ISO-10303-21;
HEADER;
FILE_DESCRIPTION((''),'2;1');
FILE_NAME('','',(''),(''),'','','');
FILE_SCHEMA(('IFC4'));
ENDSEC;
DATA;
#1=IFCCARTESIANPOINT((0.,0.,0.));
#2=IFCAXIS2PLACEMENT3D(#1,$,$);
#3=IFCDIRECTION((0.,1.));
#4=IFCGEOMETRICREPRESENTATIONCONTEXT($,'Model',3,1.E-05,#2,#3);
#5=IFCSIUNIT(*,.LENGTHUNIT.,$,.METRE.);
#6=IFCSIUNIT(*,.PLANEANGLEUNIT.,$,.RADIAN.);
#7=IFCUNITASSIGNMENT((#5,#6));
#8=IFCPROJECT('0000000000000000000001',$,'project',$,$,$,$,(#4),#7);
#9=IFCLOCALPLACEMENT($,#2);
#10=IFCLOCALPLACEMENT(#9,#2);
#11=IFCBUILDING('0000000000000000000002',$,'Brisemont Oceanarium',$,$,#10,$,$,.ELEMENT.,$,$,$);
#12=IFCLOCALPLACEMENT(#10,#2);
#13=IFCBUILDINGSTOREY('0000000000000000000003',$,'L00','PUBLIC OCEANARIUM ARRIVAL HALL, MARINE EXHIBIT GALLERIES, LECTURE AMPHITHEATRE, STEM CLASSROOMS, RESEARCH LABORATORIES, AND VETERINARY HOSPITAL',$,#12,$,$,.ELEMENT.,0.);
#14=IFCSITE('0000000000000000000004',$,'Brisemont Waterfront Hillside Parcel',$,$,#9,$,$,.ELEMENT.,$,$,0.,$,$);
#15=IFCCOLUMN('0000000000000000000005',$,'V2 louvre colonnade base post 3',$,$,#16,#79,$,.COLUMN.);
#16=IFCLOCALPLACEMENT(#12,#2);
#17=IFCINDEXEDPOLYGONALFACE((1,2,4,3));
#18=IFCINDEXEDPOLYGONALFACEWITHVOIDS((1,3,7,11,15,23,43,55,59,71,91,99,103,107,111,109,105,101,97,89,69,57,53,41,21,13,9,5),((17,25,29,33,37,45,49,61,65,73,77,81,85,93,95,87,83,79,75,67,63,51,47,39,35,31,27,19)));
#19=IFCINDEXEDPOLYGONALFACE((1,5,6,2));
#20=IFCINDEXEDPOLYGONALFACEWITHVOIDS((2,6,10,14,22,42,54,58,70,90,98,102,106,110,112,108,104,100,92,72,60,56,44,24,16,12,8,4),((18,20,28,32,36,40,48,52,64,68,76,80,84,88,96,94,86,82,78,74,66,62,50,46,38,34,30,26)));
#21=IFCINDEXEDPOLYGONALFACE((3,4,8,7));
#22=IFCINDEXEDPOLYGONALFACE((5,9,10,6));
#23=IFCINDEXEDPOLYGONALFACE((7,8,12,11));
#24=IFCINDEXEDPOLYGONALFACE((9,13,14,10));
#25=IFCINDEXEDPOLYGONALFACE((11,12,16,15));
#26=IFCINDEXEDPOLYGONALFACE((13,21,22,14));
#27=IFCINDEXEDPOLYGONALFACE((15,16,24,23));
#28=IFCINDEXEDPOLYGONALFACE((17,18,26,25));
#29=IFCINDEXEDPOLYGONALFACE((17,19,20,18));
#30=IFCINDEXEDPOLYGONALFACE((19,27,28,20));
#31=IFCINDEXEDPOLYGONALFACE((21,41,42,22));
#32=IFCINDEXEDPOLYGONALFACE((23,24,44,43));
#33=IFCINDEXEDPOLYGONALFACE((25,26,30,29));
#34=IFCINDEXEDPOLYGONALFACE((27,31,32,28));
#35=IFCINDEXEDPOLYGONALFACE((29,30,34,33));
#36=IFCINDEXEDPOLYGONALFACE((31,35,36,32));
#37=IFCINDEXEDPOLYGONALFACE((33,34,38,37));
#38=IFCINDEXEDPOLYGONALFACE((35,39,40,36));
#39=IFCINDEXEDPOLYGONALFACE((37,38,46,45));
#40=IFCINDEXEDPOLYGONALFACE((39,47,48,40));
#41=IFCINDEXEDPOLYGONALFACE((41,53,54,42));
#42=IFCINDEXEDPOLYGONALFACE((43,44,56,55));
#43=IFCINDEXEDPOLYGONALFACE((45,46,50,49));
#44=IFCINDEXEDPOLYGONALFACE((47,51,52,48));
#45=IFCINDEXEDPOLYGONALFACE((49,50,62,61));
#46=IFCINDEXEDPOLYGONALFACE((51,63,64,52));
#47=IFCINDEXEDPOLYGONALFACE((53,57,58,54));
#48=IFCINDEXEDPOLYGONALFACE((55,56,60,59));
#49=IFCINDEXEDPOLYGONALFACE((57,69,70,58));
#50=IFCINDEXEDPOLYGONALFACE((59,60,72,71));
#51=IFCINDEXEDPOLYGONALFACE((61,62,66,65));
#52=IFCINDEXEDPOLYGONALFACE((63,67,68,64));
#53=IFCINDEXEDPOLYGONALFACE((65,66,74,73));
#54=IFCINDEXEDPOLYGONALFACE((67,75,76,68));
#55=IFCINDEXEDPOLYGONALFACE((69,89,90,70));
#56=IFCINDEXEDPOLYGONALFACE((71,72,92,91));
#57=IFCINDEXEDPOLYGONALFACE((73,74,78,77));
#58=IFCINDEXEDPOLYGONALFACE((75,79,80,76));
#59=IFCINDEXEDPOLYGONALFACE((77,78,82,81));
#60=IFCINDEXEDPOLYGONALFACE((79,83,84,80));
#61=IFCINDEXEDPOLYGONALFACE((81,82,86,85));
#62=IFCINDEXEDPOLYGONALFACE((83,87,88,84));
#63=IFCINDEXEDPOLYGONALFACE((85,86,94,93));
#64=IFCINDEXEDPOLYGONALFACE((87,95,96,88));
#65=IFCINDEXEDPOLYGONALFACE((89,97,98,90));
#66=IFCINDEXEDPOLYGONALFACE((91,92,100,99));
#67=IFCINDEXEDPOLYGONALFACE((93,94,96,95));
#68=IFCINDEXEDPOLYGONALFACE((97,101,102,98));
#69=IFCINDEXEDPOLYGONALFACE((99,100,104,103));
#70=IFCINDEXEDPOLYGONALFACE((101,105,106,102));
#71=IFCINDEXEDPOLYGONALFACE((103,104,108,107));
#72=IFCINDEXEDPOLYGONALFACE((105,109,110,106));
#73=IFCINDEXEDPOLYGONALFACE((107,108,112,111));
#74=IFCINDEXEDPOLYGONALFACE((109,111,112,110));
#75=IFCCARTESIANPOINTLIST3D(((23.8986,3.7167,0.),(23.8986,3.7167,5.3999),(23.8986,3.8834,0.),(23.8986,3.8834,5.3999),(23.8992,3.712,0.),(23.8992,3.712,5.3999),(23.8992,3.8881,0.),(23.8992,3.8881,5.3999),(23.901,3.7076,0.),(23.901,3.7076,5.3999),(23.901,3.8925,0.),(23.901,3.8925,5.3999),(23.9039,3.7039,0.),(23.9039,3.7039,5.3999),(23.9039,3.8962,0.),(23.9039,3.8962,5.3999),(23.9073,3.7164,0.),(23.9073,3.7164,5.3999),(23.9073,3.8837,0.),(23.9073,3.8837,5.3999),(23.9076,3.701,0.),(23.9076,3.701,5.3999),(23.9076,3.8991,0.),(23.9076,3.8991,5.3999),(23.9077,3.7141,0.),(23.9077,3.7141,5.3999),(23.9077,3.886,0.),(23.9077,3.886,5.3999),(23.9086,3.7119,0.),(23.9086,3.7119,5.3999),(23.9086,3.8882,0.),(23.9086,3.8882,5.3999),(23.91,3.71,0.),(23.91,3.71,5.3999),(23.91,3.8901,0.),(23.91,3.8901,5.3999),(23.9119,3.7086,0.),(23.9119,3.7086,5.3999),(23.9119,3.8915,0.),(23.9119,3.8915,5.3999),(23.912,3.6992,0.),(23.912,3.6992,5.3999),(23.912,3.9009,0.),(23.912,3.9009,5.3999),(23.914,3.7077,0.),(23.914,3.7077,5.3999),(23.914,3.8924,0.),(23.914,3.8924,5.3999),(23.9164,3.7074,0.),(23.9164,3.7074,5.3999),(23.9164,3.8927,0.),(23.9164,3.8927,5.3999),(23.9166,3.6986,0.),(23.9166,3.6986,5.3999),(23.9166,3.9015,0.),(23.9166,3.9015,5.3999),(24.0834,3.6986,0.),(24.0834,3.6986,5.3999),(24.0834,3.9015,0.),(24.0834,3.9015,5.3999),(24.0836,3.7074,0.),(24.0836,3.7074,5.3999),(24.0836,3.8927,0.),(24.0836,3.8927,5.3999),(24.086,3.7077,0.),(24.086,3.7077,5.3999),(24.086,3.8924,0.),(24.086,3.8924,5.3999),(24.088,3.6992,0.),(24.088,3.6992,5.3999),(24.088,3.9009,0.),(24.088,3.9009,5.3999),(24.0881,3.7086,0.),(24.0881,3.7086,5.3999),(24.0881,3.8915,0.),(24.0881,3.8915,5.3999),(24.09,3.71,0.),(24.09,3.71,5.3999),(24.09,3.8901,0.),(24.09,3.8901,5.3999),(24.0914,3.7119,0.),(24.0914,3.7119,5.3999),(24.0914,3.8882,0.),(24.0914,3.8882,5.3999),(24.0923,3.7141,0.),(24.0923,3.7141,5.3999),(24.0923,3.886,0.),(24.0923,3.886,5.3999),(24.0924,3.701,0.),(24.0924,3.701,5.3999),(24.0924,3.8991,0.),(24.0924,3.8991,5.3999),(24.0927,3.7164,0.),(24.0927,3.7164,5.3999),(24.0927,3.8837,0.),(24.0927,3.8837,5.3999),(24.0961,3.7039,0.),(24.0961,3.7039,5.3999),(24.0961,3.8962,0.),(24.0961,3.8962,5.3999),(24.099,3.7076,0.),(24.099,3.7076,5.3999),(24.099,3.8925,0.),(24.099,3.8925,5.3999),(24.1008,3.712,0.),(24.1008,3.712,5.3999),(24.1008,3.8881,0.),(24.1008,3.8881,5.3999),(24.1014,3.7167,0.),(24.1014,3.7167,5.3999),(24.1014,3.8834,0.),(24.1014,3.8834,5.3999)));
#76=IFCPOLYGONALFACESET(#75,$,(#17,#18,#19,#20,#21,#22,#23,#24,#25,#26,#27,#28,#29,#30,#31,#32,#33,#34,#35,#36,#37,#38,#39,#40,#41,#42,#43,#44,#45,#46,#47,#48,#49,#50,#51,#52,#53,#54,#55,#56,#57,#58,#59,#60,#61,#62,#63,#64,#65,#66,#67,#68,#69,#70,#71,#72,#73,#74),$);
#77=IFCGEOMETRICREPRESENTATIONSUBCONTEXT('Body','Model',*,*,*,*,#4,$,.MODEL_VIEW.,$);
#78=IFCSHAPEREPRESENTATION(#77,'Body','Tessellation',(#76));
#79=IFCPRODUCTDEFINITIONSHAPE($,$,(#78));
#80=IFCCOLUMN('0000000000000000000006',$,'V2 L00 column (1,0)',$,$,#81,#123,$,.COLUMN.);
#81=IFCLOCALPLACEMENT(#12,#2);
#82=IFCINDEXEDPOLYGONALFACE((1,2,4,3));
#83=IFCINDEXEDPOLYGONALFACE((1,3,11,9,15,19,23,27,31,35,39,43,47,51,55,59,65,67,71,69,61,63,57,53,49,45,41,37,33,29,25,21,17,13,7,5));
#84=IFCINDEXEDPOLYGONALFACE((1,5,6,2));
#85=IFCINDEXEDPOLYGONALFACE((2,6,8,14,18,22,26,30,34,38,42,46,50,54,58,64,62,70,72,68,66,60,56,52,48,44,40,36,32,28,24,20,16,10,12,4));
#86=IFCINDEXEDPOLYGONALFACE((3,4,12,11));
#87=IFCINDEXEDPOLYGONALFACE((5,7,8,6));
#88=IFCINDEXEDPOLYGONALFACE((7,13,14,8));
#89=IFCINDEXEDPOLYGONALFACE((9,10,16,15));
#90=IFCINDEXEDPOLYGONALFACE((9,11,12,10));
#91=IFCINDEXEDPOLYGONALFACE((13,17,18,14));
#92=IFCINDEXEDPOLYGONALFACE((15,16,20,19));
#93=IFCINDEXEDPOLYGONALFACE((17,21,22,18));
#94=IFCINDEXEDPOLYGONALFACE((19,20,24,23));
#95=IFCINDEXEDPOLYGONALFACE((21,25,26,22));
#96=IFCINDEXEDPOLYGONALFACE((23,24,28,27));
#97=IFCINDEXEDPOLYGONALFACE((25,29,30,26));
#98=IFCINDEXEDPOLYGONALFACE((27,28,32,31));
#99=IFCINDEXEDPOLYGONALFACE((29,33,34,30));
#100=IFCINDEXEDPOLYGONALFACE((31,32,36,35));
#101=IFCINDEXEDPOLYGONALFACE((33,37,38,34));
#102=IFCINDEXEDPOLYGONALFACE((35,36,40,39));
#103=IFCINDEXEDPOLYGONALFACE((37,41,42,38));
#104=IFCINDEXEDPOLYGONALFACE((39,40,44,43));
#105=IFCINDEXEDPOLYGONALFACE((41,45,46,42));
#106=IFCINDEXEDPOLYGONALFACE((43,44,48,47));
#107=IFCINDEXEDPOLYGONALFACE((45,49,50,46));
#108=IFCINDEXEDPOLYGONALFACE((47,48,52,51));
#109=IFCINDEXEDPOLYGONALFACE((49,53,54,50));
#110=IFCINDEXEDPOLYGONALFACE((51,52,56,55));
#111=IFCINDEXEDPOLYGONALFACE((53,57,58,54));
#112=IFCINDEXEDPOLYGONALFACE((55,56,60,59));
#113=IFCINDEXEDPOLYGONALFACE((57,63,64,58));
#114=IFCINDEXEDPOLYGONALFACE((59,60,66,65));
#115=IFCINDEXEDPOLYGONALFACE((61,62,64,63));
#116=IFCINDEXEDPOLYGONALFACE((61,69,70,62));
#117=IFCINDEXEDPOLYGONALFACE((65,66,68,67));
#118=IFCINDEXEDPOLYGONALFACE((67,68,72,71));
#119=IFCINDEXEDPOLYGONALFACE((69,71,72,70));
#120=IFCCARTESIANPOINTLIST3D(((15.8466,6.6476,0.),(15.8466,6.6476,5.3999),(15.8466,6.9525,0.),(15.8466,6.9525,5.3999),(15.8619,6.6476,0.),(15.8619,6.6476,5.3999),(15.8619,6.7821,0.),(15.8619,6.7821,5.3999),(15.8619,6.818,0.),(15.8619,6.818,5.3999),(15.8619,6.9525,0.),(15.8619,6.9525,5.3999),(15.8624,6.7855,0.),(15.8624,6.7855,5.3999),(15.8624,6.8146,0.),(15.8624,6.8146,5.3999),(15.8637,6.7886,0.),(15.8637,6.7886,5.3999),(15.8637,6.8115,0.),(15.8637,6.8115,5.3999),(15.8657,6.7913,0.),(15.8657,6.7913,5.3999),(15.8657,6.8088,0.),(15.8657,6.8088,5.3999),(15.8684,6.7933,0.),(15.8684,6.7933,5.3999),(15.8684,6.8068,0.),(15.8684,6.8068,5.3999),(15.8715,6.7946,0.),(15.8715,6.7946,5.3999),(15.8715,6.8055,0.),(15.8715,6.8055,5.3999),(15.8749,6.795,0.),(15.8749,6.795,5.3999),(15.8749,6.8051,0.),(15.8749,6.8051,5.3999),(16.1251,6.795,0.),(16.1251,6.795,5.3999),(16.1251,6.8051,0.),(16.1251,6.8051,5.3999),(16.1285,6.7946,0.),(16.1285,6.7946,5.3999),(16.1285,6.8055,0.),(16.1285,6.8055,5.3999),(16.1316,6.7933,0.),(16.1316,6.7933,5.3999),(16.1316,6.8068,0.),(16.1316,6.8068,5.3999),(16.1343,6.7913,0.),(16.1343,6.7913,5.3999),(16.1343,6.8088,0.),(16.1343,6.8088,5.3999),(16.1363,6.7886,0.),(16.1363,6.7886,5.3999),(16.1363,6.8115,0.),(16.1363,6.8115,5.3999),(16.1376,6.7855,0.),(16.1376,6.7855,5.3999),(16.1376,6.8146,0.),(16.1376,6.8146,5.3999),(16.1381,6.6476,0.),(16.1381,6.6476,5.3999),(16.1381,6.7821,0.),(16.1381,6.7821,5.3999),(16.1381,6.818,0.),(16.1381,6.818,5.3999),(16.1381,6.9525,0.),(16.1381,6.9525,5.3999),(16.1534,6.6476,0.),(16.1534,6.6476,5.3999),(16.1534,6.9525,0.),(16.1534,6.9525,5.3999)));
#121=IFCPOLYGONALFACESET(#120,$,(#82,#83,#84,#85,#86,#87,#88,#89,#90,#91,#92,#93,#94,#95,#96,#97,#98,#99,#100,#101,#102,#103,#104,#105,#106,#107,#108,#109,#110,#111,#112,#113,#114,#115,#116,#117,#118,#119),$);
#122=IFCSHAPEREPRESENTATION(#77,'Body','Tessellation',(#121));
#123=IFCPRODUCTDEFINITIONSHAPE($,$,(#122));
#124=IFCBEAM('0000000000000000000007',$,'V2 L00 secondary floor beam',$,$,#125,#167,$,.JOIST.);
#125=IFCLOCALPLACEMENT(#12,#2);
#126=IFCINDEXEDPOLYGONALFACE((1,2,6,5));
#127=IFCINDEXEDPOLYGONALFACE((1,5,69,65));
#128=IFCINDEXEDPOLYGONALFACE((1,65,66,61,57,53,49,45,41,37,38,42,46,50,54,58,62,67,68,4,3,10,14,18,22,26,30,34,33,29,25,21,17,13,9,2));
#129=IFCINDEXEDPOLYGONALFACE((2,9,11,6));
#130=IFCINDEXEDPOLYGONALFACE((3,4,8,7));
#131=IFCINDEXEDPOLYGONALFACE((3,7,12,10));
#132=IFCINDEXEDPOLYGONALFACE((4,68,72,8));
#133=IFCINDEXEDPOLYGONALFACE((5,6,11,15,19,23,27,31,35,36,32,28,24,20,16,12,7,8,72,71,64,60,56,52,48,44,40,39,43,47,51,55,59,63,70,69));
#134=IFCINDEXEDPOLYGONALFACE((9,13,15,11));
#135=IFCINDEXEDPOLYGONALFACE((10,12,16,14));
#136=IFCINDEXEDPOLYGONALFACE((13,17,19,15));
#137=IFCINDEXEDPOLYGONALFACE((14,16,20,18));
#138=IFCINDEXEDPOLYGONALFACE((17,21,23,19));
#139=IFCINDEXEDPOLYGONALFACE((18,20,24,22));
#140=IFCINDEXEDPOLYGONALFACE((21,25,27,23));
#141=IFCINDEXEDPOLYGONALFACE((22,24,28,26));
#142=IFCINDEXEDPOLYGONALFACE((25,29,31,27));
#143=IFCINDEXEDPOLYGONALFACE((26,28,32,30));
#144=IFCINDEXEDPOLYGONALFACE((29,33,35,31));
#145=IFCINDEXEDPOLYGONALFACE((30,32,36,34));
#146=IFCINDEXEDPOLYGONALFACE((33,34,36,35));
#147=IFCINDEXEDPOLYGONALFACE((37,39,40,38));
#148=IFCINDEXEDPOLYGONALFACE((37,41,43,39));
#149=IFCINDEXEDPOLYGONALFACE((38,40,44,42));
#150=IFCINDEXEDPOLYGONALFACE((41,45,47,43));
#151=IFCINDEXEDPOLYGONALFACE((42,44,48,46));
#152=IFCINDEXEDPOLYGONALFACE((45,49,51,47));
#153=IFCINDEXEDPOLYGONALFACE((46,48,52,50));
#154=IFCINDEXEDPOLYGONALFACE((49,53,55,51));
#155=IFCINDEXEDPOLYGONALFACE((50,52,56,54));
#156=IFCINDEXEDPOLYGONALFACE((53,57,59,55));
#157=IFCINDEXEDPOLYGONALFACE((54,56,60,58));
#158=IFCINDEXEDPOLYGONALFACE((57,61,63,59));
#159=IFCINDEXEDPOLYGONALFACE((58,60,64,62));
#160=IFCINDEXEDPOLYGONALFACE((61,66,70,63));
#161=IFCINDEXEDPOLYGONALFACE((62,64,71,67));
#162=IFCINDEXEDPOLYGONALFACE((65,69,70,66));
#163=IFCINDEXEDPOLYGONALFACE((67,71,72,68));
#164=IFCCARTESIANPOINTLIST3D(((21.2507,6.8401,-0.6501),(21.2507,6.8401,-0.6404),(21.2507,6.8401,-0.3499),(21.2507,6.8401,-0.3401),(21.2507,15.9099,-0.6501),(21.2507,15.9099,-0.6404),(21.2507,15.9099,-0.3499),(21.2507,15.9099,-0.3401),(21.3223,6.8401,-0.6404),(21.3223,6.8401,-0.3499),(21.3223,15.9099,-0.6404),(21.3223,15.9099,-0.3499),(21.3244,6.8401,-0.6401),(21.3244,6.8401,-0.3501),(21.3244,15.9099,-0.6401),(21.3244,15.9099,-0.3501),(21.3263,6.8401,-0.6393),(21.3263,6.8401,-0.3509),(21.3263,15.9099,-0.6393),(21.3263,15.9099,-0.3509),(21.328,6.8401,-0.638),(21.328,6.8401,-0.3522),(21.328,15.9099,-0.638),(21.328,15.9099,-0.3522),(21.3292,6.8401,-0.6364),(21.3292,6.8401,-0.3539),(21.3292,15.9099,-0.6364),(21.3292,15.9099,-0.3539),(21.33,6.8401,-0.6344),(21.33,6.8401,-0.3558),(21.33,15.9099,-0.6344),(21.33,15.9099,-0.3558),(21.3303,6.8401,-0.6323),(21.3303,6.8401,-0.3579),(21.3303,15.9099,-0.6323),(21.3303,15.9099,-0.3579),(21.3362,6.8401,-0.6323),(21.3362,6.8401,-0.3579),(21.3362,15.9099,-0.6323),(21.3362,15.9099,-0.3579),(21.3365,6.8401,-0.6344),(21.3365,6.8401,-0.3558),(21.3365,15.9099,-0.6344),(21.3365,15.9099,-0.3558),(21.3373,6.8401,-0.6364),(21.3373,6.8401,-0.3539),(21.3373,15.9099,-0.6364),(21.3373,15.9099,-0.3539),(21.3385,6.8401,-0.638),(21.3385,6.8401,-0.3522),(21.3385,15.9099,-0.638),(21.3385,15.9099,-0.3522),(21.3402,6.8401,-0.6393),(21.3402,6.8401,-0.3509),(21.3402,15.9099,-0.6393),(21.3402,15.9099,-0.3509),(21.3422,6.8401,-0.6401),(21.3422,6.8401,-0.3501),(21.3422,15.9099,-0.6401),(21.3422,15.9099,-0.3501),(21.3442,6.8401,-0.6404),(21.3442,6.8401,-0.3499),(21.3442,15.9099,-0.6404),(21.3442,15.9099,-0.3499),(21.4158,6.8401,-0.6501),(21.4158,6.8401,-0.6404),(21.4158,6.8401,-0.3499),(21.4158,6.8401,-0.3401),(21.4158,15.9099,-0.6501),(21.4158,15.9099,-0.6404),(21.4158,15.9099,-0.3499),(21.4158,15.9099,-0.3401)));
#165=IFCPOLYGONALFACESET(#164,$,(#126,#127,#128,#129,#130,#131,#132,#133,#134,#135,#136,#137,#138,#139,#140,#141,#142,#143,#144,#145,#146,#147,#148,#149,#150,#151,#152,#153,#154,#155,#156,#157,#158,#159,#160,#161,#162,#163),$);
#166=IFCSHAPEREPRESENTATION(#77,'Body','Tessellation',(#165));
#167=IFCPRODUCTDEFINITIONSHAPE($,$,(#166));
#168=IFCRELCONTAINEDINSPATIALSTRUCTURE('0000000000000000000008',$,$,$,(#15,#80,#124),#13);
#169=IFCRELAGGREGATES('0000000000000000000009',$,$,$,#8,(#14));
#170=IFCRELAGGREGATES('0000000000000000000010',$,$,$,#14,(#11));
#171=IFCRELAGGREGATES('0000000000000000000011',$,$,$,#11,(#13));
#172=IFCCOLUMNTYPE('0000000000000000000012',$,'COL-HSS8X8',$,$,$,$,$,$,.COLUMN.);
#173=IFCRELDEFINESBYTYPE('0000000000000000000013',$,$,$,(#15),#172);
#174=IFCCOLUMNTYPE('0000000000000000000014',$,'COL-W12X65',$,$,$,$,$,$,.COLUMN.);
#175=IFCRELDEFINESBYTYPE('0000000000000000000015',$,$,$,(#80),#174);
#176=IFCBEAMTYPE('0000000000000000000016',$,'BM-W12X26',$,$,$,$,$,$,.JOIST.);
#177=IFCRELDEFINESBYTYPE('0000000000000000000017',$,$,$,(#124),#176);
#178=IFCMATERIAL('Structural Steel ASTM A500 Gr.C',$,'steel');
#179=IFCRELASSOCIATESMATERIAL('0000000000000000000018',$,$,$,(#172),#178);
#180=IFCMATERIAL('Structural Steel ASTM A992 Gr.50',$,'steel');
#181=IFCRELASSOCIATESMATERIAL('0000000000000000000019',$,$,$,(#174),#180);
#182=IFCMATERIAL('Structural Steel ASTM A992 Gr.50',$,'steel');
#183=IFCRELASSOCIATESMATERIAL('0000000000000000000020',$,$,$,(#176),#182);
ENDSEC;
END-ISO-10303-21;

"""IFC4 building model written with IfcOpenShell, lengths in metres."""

from ifc_helpers import new_model, si_unit, direction, frame, origin, origin_2d, place, context, subcontext, project, spatial, hollow_rectangle, i_section, extrude, material, material_profile, profile_set, type_object, element, save


model = new_model("IFC4")

# Units and contexts
model_context = context("Model", 3, precision=1e-05, world=origin(), true_north=direction((0.0, 1.0)))
body_context = subcontext(model_context, "Body", "Model", "MODEL_VIEW")
ifc_project = project(units=[si_unit("LENGTHUNIT", "METRE"), si_unit("PLANEANGLEUNIT", "RADIAN")], contexts=[model_context])

# Site, building, storey
site_placement = place(None, origin())
site = spatial("IfcSite", under=ifc_project, at=site_placement, Name="Brisemont Waterfront Hillside Parcel", CompositionType="ELEMENT", RefElevation=0.0)
building_placement = place(site_placement, origin())
building = spatial("IfcBuilding", under=site, at=building_placement, Name="Brisemont Oceanarium", CompositionType="ELEMENT")
storey_placement = place(building_placement, origin())
storey = spatial("IfcBuildingStorey", under=building, at=storey_placement, Name="L00", Description="PUBLIC OCEANARIUM ARRIVAL HALL, MARINE EXHIBIT GALLERIES, LECTURE AMPHITHEATRE, STEM CLASSROOMS, RESEARCH LABORATORIES, AND VETERINARY HOSPITAL", CompositionType="ELEMENT", Elevation=0.0)

# Columns
ifc_material_1 = material(Name="Structural Steel ASTM A500 Gr.C", Category="steel")
ifc_material_profile_1 = material_profile(ifc_material_1, hollow_rectangle(XDim=0.2029, YDim=0.2029, WallThickness=0.0088, InnerFilletRadius=0.009, OuterFilletRadius=0.0181, at=origin_2d()), Name="HSS8X8X3/8")
ifc_profile_set_1 = profile_set([ifc_material_profile_1], Name="Structural Steel ASTM A500 Gr.C")
column_type_1 = type_object("IfcColumnType", Name="COL-HSS8X8", PredefinedType="COLUMN", material=ifc_profile_set_1)
for number, where, z_axis, x_axis, name in (
    (1, (24.0, 3.8, 0.0), (0.0, 0.0, 1.0), (1.0, 0.0, 0.0), "V2 louvre colonnade base post 3"),
):
    element("IfcColumn", number, at=place(storey_placement, frame(where, z_axis=z_axis, x_axis=x_axis)), inside=storey, type_object=column_type_1, Name=name, PredefinedType="COLUMN", context=body_context, shape_type="SweptSolid", body=[
        extrude(hollow_rectangle(XDim=0.2029, YDim=0.2029, WallThickness=0.0088, InnerFilletRadius=0.009, OuterFilletRadius=0.0181, at=origin_2d()), origin(), (0.0, 0.0, 1.0), 5.3999),
    ])
ifc_material_2 = material(Name="Structural Steel ASTM A992 Gr.50", Category="steel")
ifc_material_profile_2 = material_profile(ifc_material_2, i_section(OverallWidth=0.3049, OverallDepth=0.3069, WebThickness=0.01, FlangeThickness=0.0154, FilletRadius=0.0129, at=origin_2d()), Name="W12X65")
ifc_profile_set_2 = profile_set([ifc_material_profile_2], Name="Structural Steel ASTM A992 Gr.50")
column_type_2 = type_object("IfcColumnType", Name="COL-W12X65", PredefinedType="COLUMN", material=ifc_profile_set_2)
column_1_placement = place(storey_placement, frame((16.0, 6.8, 0.0), z_axis=(0.0, 0.0, 1.0), x_axis=(0.0, 1.0, 0.0)))
element("IfcColumn", 2, at=column_1_placement, inside=storey, type_object=column_type_2, Name="V2 L00 column (1,0)", PredefinedType="COLUMN", context=body_context, shape_type="SweptSolid", body=[
    extrude(i_section(OverallWidth=0.3049, OverallDepth=0.3069, WebThickness=0.01, FlangeThickness=0.0154, FilletRadius=0.0129, at=origin_2d()), origin(), (0.0, 0.0, 1.0), 5.3999),
])

# Beam
ifc_material_3 = material(Name="Structural Steel ASTM A992 Gr.50", Category="steel")
ifc_material_profile_3 = material_profile(ifc_material_3, i_section(OverallWidth=0.165, OverallDepth=0.3101, WebThickness=0.0059, FlangeThickness=0.0098, FilletRadius=0.0081, at=origin_2d()), Name="W12X26")
ifc_profile_set_3 = profile_set([ifc_material_profile_3], Name="Structural Steel ASTM A992 Gr.50")
beam_type_1 = type_object("IfcBeamType", Name="BM-W12X26", PredefinedType="JOIST", material=ifc_profile_set_3)
beam_1_placement = place(storey_placement, frame((21.3333, 6.8401, -0.4951), z_axis=(0.0, 1.0, 0.0), x_axis=(-1.0, 0.0, 0.0)))
element("IfcBeam", 3, at=beam_1_placement, inside=storey, type_object=beam_type_1, Name="V2 L00 secondary floor beam", PredefinedType="JOIST", context=body_context, shape_type="SweptSolid", body=[
    extrude(i_section(OverallWidth=0.165, OverallDepth=0.3101, WebThickness=0.0059, FlangeThickness=0.0098, FilletRadius=0.0081, at=origin_2d()), origin(), (0.0, 0.0, 1.0), 9.0698),
])

save(model, "model.ifc")
